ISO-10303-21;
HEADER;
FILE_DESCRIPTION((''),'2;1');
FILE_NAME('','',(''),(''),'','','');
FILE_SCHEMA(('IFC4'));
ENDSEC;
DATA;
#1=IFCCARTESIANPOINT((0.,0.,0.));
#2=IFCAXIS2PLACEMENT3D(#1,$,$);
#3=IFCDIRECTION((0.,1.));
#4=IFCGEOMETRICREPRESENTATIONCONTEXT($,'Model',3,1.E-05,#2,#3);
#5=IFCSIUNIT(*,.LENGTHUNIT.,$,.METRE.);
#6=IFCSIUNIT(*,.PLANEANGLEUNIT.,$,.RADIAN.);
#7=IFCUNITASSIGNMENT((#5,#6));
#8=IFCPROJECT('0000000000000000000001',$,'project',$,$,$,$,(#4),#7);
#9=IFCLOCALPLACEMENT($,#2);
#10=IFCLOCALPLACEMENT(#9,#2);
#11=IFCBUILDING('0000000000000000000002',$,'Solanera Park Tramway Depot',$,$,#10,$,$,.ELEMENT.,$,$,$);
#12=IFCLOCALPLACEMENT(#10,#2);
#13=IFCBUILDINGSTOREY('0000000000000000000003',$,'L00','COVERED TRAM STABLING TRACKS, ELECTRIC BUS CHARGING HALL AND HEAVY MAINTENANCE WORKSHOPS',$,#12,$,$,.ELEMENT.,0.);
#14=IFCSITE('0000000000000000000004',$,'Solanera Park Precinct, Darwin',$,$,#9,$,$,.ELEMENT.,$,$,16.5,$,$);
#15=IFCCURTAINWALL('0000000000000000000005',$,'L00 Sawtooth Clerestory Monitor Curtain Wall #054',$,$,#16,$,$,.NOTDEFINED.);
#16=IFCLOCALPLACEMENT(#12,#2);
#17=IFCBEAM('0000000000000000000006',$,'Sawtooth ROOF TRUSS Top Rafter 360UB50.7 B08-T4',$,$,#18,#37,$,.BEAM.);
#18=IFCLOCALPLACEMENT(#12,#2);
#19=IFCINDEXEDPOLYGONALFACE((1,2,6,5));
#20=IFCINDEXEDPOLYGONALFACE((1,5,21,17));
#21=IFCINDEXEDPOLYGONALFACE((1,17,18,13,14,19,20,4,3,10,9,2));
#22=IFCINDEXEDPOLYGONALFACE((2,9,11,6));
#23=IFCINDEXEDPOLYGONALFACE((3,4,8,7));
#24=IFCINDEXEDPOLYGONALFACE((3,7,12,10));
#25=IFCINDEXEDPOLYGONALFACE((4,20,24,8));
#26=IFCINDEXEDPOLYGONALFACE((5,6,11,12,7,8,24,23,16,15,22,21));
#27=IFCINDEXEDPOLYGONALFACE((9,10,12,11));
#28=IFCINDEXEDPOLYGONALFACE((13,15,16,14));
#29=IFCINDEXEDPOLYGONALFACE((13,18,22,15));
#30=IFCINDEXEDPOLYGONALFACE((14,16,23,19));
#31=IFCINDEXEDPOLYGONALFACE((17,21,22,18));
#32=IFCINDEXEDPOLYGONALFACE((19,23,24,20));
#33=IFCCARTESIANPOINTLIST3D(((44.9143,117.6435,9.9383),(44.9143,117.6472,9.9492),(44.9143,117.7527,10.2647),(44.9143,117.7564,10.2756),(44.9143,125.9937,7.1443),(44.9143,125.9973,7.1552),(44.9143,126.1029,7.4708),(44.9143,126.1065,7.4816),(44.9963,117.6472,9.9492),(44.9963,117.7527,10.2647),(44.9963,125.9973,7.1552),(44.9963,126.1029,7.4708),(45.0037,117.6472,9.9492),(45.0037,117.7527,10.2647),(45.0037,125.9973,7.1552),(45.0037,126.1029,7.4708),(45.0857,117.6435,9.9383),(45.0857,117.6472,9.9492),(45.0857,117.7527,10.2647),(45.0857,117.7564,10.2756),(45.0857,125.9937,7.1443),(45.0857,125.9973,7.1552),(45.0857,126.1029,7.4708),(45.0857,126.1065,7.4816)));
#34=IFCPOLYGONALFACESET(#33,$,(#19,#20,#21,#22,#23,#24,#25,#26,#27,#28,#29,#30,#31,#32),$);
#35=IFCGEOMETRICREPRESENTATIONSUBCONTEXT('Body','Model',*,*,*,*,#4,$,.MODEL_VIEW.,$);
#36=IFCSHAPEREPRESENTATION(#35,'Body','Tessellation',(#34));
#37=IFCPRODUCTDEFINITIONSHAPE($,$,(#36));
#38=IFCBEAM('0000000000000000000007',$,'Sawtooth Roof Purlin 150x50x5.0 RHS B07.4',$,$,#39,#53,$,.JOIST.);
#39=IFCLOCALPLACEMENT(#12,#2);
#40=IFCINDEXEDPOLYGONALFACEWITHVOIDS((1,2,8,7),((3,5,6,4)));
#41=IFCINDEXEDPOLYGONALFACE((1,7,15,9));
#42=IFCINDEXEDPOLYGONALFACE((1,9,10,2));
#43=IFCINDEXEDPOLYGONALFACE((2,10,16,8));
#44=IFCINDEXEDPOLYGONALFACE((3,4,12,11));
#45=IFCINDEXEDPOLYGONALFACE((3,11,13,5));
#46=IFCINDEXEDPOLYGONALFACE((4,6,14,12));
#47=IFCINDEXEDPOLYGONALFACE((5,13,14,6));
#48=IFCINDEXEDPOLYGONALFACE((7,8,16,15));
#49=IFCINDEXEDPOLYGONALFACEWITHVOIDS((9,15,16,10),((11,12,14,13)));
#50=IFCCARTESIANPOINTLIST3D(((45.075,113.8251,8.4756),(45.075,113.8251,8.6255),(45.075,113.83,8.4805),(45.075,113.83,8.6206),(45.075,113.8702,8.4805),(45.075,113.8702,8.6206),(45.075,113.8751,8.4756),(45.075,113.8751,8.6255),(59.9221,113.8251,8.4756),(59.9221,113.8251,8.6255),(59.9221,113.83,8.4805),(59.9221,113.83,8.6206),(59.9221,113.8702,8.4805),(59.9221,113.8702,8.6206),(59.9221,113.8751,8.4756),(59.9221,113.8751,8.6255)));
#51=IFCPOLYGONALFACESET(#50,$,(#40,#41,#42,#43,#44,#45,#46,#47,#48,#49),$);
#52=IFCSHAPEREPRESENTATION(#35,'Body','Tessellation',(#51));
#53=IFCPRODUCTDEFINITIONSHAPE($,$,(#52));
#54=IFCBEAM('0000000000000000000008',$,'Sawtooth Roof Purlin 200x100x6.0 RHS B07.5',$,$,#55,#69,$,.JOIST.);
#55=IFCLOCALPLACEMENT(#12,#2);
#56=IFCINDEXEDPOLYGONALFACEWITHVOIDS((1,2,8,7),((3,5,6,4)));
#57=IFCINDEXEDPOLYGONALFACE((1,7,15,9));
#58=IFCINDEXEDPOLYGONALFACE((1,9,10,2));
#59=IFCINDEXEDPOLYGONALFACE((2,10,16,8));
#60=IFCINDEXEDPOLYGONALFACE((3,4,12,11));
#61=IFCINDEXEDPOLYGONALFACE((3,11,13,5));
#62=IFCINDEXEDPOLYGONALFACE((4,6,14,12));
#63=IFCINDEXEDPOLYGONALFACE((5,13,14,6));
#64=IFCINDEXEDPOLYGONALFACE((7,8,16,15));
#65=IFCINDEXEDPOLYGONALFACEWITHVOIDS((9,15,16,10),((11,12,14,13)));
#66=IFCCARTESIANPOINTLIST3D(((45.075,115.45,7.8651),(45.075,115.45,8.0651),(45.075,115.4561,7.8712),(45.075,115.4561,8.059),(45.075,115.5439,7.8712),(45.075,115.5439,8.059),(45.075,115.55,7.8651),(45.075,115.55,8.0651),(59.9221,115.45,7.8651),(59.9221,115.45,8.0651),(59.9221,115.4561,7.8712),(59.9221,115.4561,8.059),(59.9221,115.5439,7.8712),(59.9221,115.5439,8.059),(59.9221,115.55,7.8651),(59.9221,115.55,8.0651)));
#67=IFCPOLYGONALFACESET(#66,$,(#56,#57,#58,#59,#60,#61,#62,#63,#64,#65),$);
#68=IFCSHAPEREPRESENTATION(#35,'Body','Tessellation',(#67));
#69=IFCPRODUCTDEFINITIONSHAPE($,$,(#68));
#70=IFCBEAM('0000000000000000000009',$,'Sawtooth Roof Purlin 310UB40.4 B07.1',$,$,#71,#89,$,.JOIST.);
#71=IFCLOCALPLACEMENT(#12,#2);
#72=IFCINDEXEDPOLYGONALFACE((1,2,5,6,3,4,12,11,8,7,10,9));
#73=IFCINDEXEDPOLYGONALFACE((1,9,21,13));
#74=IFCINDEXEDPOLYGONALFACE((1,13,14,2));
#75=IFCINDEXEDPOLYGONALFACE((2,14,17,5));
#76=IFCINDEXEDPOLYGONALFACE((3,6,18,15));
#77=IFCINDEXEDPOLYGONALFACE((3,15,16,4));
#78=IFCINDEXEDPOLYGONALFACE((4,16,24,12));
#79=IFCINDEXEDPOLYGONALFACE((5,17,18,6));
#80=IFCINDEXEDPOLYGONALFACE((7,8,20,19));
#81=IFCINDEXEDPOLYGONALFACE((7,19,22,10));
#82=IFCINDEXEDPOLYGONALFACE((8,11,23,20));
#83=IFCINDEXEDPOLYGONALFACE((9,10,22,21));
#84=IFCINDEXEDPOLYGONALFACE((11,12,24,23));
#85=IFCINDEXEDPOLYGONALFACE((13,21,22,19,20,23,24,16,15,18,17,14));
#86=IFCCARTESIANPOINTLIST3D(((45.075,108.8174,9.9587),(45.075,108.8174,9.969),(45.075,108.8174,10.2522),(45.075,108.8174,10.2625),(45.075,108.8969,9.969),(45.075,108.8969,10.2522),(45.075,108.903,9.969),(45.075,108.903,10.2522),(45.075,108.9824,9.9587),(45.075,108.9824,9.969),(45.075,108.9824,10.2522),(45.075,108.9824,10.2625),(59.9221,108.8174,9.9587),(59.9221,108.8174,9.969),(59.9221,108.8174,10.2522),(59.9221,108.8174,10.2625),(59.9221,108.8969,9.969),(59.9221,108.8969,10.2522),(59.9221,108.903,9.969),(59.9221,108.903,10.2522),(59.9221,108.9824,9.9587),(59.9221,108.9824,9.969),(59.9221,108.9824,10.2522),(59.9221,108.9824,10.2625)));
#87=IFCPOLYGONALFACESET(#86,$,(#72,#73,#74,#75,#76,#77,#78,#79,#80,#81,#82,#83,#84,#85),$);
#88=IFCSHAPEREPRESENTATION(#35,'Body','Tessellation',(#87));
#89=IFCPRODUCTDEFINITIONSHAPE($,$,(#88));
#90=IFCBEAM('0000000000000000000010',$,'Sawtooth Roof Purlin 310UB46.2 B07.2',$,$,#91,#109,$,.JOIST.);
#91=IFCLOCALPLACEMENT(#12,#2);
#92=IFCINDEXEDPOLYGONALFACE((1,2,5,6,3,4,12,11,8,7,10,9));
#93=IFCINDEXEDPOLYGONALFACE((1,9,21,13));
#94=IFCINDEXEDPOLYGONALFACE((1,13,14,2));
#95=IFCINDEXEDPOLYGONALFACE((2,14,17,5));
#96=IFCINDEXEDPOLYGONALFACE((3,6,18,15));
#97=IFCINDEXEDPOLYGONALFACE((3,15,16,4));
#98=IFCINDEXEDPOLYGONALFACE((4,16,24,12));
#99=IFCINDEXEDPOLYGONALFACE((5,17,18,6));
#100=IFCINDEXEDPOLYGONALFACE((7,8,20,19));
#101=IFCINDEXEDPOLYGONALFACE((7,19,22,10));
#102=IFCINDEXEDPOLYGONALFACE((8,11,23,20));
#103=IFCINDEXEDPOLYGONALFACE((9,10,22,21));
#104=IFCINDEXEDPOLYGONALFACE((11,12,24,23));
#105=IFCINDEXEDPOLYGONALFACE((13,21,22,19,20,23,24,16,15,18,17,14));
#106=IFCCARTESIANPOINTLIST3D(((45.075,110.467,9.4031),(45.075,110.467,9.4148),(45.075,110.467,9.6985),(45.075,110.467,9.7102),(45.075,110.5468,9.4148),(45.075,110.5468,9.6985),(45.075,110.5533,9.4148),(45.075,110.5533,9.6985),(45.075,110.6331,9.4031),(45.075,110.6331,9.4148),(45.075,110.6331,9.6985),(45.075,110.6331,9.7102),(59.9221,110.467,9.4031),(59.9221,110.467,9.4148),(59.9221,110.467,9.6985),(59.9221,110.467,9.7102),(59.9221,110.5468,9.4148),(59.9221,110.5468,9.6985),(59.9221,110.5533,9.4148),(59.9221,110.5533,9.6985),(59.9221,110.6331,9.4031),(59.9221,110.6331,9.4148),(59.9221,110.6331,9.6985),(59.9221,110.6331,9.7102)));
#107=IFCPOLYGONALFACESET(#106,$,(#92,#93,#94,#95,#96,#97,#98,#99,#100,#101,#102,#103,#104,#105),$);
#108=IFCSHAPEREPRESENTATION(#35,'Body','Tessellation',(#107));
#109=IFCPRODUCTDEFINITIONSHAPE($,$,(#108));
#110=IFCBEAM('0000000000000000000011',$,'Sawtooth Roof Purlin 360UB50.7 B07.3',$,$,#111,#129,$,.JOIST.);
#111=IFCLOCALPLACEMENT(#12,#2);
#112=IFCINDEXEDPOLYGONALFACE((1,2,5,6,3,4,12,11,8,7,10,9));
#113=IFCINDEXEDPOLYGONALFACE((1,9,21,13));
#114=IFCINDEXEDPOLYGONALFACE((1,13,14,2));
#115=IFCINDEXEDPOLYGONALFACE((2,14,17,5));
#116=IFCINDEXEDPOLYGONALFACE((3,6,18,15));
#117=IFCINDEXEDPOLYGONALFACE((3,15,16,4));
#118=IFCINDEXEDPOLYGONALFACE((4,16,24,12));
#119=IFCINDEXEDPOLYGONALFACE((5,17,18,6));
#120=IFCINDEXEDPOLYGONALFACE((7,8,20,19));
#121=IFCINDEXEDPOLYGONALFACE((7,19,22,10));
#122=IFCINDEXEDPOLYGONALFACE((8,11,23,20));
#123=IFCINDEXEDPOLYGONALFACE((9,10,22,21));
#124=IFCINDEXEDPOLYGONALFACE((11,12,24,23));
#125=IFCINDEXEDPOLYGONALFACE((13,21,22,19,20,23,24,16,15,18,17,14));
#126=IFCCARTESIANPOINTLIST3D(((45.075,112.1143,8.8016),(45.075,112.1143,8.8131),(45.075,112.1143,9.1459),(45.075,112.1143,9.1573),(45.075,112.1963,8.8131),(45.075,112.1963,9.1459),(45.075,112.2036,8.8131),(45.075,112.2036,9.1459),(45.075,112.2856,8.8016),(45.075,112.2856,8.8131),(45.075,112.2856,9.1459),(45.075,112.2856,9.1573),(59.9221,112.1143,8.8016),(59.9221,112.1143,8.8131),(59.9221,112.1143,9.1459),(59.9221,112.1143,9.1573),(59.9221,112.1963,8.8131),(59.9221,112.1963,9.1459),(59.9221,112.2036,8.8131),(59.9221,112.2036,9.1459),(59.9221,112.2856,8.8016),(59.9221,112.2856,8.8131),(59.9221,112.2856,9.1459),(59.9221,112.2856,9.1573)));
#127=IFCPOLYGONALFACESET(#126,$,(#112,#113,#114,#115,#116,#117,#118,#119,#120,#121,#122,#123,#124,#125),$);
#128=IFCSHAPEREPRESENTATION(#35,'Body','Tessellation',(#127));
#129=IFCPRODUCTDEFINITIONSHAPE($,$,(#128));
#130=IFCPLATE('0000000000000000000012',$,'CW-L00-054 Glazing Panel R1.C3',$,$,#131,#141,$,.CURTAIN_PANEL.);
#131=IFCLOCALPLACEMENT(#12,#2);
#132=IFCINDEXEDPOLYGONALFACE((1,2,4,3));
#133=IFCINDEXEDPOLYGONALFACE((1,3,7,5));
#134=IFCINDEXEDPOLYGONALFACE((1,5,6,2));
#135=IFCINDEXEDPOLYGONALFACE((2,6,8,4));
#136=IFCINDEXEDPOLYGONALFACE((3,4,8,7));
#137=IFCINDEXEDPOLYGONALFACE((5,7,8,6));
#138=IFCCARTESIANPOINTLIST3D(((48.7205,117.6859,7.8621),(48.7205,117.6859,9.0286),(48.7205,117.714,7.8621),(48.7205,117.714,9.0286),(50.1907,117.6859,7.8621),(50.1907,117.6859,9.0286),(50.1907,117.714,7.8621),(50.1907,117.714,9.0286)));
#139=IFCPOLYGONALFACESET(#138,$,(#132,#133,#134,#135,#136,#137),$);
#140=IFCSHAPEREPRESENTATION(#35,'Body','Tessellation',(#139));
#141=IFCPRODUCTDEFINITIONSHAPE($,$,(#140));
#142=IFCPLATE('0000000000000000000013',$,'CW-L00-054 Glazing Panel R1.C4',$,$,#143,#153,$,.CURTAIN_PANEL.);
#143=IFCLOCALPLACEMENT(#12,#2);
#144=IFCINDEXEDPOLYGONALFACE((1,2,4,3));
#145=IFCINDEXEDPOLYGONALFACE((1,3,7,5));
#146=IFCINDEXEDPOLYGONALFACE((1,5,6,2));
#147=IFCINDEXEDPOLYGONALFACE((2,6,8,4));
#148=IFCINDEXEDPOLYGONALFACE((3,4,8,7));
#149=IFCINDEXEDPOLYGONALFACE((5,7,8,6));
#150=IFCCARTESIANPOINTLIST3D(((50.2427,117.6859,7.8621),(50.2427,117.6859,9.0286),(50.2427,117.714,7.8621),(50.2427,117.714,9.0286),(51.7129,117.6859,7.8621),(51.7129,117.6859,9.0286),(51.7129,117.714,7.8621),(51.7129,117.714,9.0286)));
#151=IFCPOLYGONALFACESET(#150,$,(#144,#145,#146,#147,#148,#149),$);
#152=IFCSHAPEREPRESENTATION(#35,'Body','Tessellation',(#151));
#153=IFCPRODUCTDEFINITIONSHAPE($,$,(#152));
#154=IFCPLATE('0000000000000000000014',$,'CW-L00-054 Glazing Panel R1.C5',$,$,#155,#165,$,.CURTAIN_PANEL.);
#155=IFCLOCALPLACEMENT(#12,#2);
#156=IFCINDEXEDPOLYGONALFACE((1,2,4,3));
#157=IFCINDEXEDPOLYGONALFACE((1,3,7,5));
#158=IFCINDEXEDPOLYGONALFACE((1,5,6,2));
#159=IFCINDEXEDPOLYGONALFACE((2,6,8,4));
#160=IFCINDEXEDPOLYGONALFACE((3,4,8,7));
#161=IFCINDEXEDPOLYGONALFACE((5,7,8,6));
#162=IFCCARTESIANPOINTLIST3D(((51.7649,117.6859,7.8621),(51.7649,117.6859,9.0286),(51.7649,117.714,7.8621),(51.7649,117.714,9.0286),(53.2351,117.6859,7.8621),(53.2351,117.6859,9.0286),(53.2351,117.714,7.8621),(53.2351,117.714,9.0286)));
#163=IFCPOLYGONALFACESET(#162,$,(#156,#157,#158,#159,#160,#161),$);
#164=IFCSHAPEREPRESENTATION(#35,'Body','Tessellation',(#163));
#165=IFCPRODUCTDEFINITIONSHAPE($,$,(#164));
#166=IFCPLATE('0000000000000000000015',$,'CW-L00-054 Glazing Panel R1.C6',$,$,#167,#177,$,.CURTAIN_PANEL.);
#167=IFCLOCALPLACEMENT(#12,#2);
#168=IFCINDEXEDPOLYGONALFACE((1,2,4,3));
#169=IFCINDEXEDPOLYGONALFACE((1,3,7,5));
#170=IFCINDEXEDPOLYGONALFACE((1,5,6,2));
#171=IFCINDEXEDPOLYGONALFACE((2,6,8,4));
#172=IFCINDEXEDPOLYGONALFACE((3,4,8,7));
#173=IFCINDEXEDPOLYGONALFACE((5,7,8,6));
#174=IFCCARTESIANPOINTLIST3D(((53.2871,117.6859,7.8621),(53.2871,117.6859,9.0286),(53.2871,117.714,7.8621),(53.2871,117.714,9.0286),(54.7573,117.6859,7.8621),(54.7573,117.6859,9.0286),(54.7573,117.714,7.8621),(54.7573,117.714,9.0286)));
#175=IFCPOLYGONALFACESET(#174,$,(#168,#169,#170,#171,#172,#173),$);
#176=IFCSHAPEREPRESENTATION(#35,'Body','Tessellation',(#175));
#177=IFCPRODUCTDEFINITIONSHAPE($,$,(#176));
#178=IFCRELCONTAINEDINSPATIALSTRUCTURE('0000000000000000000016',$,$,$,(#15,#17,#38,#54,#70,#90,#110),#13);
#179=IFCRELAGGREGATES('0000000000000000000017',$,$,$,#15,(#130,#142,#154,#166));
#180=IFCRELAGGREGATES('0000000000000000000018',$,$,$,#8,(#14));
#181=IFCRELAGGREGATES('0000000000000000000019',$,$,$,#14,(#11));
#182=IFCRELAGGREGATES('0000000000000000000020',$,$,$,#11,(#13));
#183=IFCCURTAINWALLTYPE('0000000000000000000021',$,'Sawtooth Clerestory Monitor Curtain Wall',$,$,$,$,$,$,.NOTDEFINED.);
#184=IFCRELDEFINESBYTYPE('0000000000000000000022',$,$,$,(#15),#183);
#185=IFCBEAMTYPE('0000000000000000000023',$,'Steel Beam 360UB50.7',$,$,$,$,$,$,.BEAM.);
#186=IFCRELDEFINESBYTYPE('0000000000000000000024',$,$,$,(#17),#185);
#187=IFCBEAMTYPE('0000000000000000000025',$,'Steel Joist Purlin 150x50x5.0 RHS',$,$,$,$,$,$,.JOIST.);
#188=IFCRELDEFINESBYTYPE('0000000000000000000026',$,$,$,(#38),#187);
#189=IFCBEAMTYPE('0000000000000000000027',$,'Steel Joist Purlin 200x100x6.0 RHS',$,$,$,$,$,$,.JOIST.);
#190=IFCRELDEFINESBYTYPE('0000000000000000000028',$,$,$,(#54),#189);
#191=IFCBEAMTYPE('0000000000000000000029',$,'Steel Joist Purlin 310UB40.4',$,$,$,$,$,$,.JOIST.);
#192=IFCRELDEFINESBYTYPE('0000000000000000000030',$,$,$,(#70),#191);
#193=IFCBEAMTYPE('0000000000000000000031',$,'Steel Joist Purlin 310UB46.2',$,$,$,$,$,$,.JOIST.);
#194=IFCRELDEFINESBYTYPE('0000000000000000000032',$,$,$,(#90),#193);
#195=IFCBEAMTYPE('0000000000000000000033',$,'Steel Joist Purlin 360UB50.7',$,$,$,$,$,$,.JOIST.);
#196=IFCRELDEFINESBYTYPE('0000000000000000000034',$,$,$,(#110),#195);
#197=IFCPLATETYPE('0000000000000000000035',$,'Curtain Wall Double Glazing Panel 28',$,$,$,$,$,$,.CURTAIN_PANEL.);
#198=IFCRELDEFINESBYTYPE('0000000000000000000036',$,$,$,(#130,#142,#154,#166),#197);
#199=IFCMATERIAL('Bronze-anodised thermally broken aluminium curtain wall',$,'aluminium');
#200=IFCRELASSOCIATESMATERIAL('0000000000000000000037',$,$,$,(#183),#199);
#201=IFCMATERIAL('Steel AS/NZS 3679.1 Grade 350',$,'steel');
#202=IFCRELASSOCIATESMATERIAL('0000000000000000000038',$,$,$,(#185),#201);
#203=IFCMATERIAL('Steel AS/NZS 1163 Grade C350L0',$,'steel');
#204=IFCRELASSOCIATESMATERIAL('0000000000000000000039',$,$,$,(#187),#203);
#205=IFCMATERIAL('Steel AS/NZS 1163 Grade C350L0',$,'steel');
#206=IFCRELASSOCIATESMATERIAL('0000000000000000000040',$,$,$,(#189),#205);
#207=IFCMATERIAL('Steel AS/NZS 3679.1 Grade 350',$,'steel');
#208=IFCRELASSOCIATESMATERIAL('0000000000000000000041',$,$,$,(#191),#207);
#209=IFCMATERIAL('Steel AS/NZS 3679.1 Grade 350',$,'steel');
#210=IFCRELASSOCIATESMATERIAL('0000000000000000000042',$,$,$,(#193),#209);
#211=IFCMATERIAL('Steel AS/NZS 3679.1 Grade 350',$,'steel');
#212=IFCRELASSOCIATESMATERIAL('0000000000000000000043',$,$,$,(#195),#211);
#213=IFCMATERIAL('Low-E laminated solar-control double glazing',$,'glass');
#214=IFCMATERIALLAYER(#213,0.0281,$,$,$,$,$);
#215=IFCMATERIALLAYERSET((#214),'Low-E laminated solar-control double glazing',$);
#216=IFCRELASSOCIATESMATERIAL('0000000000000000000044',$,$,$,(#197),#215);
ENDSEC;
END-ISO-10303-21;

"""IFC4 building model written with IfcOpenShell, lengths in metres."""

from ifc_helpers import new_model, si_unit, direction, frame, origin, origin_2d, place, context, subcontext, project, spatial, rectangle, hollow_rectangle, i_section, extrude, material, layer, layer_set, material_profile, profile_set, type_object, element, aggregate, save


model = new_model("IFC4")

# Units and contexts
model_context = context("Model", 3, precision=1e-05, world=origin(), true_north=direction((0.0, 1.0)))
body_context = subcontext(model_context, "Body", "Model", "MODEL_VIEW")
ifc_project = project(units=[si_unit("LENGTHUNIT", "METRE"), si_unit("PLANEANGLEUNIT", "RADIAN")], contexts=[model_context])

# Site, building, storey
site_placement = place(None, origin())
site = spatial("IfcSite", under=ifc_project, at=site_placement, Name="Solanera Park Precinct, Darwin", CompositionType="ELEMENT", RefElevation=16.5)
building_placement = place(site_placement, origin())
building = spatial("IfcBuilding", under=site, at=building_placement, Name="Solanera Park Tramway Depot", CompositionType="ELEMENT")
storey_placement = place(building_placement, origin())
storey = spatial("IfcBuildingStorey", under=building, at=storey_placement, Name="L00", Description="COVERED TRAM STABLING TRACKS, ELECTRIC BUS CHARGING HALL AND HEAVY MAINTENANCE WORKSHOPS", CompositionType="ELEMENT", Elevation=0.0)

# Curtain wall
ifc_material_1 = material(Name="Bronze-anodised thermally broken aluminium curtain wall", Category="aluminium")
curtain_wall_type = type_object("IfcCurtainWallType", Name="Sawtooth Clerestory Monitor Curtain Wall", PredefinedType="NOTDEFINED", material=ifc_material_1)
curtain_wall_placement = place(storey_placement, origin())
curtain_wall = element("IfcCurtainWall", 1, at=curtain_wall_placement, inside=storey, type_object=curtain_wall_type, Name="L00 Sawtooth Clerestory Monitor Curtain Wall #054", PredefinedType="NOTDEFINED")

# Beams
ifc_material_2 = material(Name="Steel AS/NZS 3679.1 Grade 350", Category="steel")
ifc_material_profile_1 = material_profile(ifc_material_2, i_section(OverallWidth=0.1714, OverallDepth=0.3557, WebThickness=0.0073, FlangeThickness=0.0115, at=origin_2d()), Name="360UB50.7")
ifc_profile_set_1 = profile_set([ifc_material_profile_1], Name="Steel AS/NZS 3679.1 Grade 350")
beam_type_1 = type_object("IfcBeamType", Name="Steel Beam 360UB50.7", PredefinedType="BEAM", material=ifc_profile_set_1)
beam_1_placement = place(storey_placement, frame((45.0, 117.7, 10.1069), z_axis=(0.0, 0.948322, -0.317309), x_axis=(-1.0, 0.0, 0.0)))
element("IfcBeam", 2, at=beam_1_placement, inside=storey, type_object=beam_type_1, Name="Sawtooth ROOF TRUSS Top Rafter 360UB50.7 B08-T4", PredefinedType="BEAM", context=body_context, shape_type="SweptSolid", body=[
    extrude(i_section(OverallWidth=0.1714, OverallDepth=0.3557, WebThickness=0.0073, FlangeThickness=0.0115, at=origin_2d()), origin(), (0.0, 0.0, 1.0), 8.8052),
])
ifc_material_3 = material(Name="Steel AS/NZS 1163 Grade C350L0", Category="steel")
ifc_material_profile_2 = material_profile(ifc_material_3, hollow_rectangle(XDim=0.05, YDim=0.1499, WallThickness=0.0049, at=origin_2d()), Name="150x50x5.0 RHS")
ifc_profile_set_2 = profile_set([ifc_material_profile_2], Name="Steel AS/NZS 1163 Grade C350L0")
beam_type_2 = type_object("IfcBeamType", Name="Steel Joist Purlin 150x50x5.0 RHS", PredefinedType="JOIST", material=ifc_profile_set_2)
beam_2_placement = place(storey_placement, frame((45.075, 113.8501, 8.5505), z_axis=(1.0, 0.0, 0.0), x_axis=(0.0, 1.0, 0.0)))
element("IfcBeam", 3, at=beam_2_placement, inside=storey, type_object=beam_type_2, Name="Sawtooth Roof Purlin 150x50x5.0 RHS B07.4", PredefinedType="JOIST", context=body_context, shape_type="SweptSolid", body=[
    extrude(hollow_rectangle(XDim=0.05, YDim=0.1499, WallThickness=0.0049, at=origin_2d()), origin(), (0.0, 0.0, 1.0), 14.8472),
])
ifc_material_4 = material(Name="Steel AS/NZS 1163 Grade C350L0", Category="steel")
ifc_material_profile_3 = material_profile(ifc_material_4, hollow_rectangle(XDim=0.1001, YDim=0.2, WallThickness=0.0061, at=origin_2d()), Name="200x100x6.0 RHS")
ifc_profile_set_3 = profile_set([ifc_material_profile_3], Name="Steel AS/NZS 1163 Grade C350L0")
beam_type_3 = type_object("IfcBeamType", Name="Steel Joist Purlin 200x100x6.0 RHS", PredefinedType="JOIST", material=ifc_profile_set_3)
beam_3_placement = place(storey_placement, frame((45.075, 115.5, 7.9651), z_axis=(1.0, 0.0, 0.0), x_axis=(0.0, 1.0, 0.0)))
element("IfcBeam", 4, at=beam_3_placement, inside=storey, type_object=beam_type_3, Name="Sawtooth Roof Purlin 200x100x6.0 RHS B07.5", PredefinedType="JOIST", context=body_context, shape_type="SweptSolid", body=[
    extrude(hollow_rectangle(XDim=0.1001, YDim=0.2, WallThickness=0.0061, at=origin_2d()), origin(), (0.0, 0.0, 1.0), 14.8472),
])
ifc_material_5 = material(Name="Steel AS/NZS 3679.1 Grade 350", Category="steel")
ifc_material_profile_4 = material_profile(ifc_material_5, i_section(OverallWidth=0.165, OverallDepth=0.3037, WebThickness=0.0061, FlangeThickness=0.0103, at=origin_2d()), Name="310UB40.4")
ifc_profile_set_4 = profile_set([ifc_material_profile_4], Name="Steel AS/NZS 3679.1 Grade 350")
beam_type_4 = type_object("IfcBeamType", Name="Steel Joist Purlin 310UB40.4", PredefinedType="JOIST", material=ifc_profile_set_4)
beam_4_placement = place(storey_placement, frame((45.075, 108.8999, 10.1106), z_axis=(1.0, 0.0, 0.0), x_axis=(0.0, 1.0, 0.0)))
element("IfcBeam", 5, at=beam_4_placement, inside=storey, type_object=beam_type_4, Name="Sawtooth Roof Purlin 310UB40.4 B07.1", PredefinedType="JOIST", context=body_context, shape_type="SweptSolid", body=[
    extrude(i_section(OverallWidth=0.165, OverallDepth=0.3037, WebThickness=0.0061, FlangeThickness=0.0103, at=origin_2d()), origin(), (0.0, 0.0, 1.0), 14.8472),
])
ifc_material_6 = material(Name="Steel AS/NZS 3679.1 Grade 350", Category="steel")
ifc_material_profile_5 = material_profile(ifc_material_6, i_section(OverallWidth=0.166, OverallDepth=0.3071, WebThickness=0.0066, FlangeThickness=0.0117, at=origin_2d()), Name="310UB46.2")
ifc_profile_set_5 = profile_set([ifc_material_profile_5], Name="Steel AS/NZS 3679.1 Grade 350")
beam_type_5 = type_object("IfcBeamType", Name="Steel Joist Purlin 310UB46.2", PredefinedType="JOIST", material=ifc_profile_set_5)
beam_5_placement = place(storey_placement, frame((45.075, 110.55, 9.5566), z_axis=(1.0, 0.0, 0.0), x_axis=(0.0, 1.0, 0.0)))
element("IfcBeam", 6, at=beam_5_placement, inside=storey, type_object=beam_type_5, Name="Sawtooth Roof Purlin 310UB46.2 B07.2", PredefinedType="JOIST", context=body_context, shape_type="SweptSolid", body=[
    extrude(i_section(OverallWidth=0.166, OverallDepth=0.3071, WebThickness=0.0066, FlangeThickness=0.0117, at=origin_2d()), origin(), (0.0, 0.0, 1.0), 14.8472),
])
ifc_material_7 = material(Name="Steel AS/NZS 3679.1 Grade 350", Category="steel")
ifc_material_profile_6 = material_profile(ifc_material_7, i_section(OverallWidth=0.1714, OverallDepth=0.3557, WebThickness=0.0073, FlangeThickness=0.0115, at=origin_2d()), Name="360UB50.7")
ifc_profile_set_6 = profile_set([ifc_material_profile_6], Name="Steel AS/NZS 3679.1 Grade 350")
beam_type_6 = type_object("IfcBeamType", Name="Steel Joist Purlin 360UB50.7", PredefinedType="JOIST", material=ifc_profile_set_6)
beam_6_placement = place(storey_placement, frame((45.075, 112.2, 8.9795), z_axis=(1.0, 0.0, 0.0), x_axis=(0.0, 1.0, 0.0)))
element("IfcBeam", 7, at=beam_6_placement, inside=storey, type_object=beam_type_6, Name="Sawtooth Roof Purlin 360UB50.7 B07.3", PredefinedType="JOIST", context=body_context, shape_type="SweptSolid", body=[
    extrude(i_section(OverallWidth=0.1714, OverallDepth=0.3557, WebThickness=0.0073, FlangeThickness=0.0115, at=origin_2d()), origin(), (0.0, 0.0, 1.0), 14.8472),
])

# Plates
ifc_material_8 = material(Name="Low-E laminated solar-control double glazing", Category="glass")
ifc_layer_1 = layer(ifc_material_8, 0.0281)
ifc_layer_set_1 = layer_set([ifc_layer_1], Name="Low-E laminated solar-control double glazing")
plate_type_1 = type_object("IfcPlateType", Name="Curtain Wall Double Glazing Panel 28", PredefinedType="CURTAIN_PANEL", material=ifc_layer_set_1)
plate_1_placement = place(storey_placement, frame((49.4556, 117.7, 7.8621), z_axis=(0.0, 0.0, 1.0), x_axis=(1.0, 0.0, 0.0)))
plate_1 = element("IfcPlate", 8, at=plate_1_placement, type_object=plate_type_1, Name="CW-L00-054 Glazing Panel R1.C3", PredefinedType="CURTAIN_PANEL", context=body_context, shape_type="SweptSolid", body=[
    extrude(rectangle(XDim=1.4702, YDim=0.0281, at=origin_2d()), origin(), (0.0, 0.0, 1.0), 1.1665),
])
plate_2_placement = place(storey_placement, frame((50.9778, 117.7, 7.8621), z_axis=(0.0, 0.0, 1.0), x_axis=(1.0, 0.0, 0.0)))
plate_2 = element("IfcPlate", 9, at=plate_2_placement, type_object=plate_type_1, Name="CW-L00-054 Glazing Panel R1.C4", PredefinedType="CURTAIN_PANEL", context=body_context, shape_type="SweptSolid", body=[
    extrude(rectangle(XDim=1.4702, YDim=0.0281, at=origin_2d()), origin(), (0.0, 0.0, 1.0), 1.1665),
])
plate_3_placement = place(storey_placement, frame((52.5, 117.7, 7.8621), z_axis=(0.0, 0.0, 1.0), x_axis=(1.0, 0.0, 0.0)))
plate_3 = element("IfcPlate", 10, at=plate_3_placement, type_object=plate_type_1, Name="CW-L00-054 Glazing Panel R1.C5", PredefinedType="CURTAIN_PANEL", context=body_context, shape_type="SweptSolid", body=[
    extrude(rectangle(XDim=1.4702, YDim=0.0281, at=origin_2d()), origin(), (0.0, 0.0, 1.0), 1.1665),
])
plate_4_placement = place(storey_placement, frame((54.0222, 117.7, 7.8621), z_axis=(0.0, 0.0, 1.0), x_axis=(1.0, 0.0, 0.0)))
plate_4 = element("IfcPlate", 11, at=plate_4_placement, type_object=plate_type_1, Name="CW-L00-054 Glazing Panel R1.C6", PredefinedType="CURTAIN_PANEL", context=body_context, shape_type="SweptSolid", body=[
    extrude(rectangle(XDim=1.4702, YDim=0.0281, at=origin_2d()), origin(), (0.0, 0.0, 1.0), 1.1665),
])
aggregate(curtain_wall, [plate_1, plate_2, plate_3, plate_4])

save(model, "model.ifc")
